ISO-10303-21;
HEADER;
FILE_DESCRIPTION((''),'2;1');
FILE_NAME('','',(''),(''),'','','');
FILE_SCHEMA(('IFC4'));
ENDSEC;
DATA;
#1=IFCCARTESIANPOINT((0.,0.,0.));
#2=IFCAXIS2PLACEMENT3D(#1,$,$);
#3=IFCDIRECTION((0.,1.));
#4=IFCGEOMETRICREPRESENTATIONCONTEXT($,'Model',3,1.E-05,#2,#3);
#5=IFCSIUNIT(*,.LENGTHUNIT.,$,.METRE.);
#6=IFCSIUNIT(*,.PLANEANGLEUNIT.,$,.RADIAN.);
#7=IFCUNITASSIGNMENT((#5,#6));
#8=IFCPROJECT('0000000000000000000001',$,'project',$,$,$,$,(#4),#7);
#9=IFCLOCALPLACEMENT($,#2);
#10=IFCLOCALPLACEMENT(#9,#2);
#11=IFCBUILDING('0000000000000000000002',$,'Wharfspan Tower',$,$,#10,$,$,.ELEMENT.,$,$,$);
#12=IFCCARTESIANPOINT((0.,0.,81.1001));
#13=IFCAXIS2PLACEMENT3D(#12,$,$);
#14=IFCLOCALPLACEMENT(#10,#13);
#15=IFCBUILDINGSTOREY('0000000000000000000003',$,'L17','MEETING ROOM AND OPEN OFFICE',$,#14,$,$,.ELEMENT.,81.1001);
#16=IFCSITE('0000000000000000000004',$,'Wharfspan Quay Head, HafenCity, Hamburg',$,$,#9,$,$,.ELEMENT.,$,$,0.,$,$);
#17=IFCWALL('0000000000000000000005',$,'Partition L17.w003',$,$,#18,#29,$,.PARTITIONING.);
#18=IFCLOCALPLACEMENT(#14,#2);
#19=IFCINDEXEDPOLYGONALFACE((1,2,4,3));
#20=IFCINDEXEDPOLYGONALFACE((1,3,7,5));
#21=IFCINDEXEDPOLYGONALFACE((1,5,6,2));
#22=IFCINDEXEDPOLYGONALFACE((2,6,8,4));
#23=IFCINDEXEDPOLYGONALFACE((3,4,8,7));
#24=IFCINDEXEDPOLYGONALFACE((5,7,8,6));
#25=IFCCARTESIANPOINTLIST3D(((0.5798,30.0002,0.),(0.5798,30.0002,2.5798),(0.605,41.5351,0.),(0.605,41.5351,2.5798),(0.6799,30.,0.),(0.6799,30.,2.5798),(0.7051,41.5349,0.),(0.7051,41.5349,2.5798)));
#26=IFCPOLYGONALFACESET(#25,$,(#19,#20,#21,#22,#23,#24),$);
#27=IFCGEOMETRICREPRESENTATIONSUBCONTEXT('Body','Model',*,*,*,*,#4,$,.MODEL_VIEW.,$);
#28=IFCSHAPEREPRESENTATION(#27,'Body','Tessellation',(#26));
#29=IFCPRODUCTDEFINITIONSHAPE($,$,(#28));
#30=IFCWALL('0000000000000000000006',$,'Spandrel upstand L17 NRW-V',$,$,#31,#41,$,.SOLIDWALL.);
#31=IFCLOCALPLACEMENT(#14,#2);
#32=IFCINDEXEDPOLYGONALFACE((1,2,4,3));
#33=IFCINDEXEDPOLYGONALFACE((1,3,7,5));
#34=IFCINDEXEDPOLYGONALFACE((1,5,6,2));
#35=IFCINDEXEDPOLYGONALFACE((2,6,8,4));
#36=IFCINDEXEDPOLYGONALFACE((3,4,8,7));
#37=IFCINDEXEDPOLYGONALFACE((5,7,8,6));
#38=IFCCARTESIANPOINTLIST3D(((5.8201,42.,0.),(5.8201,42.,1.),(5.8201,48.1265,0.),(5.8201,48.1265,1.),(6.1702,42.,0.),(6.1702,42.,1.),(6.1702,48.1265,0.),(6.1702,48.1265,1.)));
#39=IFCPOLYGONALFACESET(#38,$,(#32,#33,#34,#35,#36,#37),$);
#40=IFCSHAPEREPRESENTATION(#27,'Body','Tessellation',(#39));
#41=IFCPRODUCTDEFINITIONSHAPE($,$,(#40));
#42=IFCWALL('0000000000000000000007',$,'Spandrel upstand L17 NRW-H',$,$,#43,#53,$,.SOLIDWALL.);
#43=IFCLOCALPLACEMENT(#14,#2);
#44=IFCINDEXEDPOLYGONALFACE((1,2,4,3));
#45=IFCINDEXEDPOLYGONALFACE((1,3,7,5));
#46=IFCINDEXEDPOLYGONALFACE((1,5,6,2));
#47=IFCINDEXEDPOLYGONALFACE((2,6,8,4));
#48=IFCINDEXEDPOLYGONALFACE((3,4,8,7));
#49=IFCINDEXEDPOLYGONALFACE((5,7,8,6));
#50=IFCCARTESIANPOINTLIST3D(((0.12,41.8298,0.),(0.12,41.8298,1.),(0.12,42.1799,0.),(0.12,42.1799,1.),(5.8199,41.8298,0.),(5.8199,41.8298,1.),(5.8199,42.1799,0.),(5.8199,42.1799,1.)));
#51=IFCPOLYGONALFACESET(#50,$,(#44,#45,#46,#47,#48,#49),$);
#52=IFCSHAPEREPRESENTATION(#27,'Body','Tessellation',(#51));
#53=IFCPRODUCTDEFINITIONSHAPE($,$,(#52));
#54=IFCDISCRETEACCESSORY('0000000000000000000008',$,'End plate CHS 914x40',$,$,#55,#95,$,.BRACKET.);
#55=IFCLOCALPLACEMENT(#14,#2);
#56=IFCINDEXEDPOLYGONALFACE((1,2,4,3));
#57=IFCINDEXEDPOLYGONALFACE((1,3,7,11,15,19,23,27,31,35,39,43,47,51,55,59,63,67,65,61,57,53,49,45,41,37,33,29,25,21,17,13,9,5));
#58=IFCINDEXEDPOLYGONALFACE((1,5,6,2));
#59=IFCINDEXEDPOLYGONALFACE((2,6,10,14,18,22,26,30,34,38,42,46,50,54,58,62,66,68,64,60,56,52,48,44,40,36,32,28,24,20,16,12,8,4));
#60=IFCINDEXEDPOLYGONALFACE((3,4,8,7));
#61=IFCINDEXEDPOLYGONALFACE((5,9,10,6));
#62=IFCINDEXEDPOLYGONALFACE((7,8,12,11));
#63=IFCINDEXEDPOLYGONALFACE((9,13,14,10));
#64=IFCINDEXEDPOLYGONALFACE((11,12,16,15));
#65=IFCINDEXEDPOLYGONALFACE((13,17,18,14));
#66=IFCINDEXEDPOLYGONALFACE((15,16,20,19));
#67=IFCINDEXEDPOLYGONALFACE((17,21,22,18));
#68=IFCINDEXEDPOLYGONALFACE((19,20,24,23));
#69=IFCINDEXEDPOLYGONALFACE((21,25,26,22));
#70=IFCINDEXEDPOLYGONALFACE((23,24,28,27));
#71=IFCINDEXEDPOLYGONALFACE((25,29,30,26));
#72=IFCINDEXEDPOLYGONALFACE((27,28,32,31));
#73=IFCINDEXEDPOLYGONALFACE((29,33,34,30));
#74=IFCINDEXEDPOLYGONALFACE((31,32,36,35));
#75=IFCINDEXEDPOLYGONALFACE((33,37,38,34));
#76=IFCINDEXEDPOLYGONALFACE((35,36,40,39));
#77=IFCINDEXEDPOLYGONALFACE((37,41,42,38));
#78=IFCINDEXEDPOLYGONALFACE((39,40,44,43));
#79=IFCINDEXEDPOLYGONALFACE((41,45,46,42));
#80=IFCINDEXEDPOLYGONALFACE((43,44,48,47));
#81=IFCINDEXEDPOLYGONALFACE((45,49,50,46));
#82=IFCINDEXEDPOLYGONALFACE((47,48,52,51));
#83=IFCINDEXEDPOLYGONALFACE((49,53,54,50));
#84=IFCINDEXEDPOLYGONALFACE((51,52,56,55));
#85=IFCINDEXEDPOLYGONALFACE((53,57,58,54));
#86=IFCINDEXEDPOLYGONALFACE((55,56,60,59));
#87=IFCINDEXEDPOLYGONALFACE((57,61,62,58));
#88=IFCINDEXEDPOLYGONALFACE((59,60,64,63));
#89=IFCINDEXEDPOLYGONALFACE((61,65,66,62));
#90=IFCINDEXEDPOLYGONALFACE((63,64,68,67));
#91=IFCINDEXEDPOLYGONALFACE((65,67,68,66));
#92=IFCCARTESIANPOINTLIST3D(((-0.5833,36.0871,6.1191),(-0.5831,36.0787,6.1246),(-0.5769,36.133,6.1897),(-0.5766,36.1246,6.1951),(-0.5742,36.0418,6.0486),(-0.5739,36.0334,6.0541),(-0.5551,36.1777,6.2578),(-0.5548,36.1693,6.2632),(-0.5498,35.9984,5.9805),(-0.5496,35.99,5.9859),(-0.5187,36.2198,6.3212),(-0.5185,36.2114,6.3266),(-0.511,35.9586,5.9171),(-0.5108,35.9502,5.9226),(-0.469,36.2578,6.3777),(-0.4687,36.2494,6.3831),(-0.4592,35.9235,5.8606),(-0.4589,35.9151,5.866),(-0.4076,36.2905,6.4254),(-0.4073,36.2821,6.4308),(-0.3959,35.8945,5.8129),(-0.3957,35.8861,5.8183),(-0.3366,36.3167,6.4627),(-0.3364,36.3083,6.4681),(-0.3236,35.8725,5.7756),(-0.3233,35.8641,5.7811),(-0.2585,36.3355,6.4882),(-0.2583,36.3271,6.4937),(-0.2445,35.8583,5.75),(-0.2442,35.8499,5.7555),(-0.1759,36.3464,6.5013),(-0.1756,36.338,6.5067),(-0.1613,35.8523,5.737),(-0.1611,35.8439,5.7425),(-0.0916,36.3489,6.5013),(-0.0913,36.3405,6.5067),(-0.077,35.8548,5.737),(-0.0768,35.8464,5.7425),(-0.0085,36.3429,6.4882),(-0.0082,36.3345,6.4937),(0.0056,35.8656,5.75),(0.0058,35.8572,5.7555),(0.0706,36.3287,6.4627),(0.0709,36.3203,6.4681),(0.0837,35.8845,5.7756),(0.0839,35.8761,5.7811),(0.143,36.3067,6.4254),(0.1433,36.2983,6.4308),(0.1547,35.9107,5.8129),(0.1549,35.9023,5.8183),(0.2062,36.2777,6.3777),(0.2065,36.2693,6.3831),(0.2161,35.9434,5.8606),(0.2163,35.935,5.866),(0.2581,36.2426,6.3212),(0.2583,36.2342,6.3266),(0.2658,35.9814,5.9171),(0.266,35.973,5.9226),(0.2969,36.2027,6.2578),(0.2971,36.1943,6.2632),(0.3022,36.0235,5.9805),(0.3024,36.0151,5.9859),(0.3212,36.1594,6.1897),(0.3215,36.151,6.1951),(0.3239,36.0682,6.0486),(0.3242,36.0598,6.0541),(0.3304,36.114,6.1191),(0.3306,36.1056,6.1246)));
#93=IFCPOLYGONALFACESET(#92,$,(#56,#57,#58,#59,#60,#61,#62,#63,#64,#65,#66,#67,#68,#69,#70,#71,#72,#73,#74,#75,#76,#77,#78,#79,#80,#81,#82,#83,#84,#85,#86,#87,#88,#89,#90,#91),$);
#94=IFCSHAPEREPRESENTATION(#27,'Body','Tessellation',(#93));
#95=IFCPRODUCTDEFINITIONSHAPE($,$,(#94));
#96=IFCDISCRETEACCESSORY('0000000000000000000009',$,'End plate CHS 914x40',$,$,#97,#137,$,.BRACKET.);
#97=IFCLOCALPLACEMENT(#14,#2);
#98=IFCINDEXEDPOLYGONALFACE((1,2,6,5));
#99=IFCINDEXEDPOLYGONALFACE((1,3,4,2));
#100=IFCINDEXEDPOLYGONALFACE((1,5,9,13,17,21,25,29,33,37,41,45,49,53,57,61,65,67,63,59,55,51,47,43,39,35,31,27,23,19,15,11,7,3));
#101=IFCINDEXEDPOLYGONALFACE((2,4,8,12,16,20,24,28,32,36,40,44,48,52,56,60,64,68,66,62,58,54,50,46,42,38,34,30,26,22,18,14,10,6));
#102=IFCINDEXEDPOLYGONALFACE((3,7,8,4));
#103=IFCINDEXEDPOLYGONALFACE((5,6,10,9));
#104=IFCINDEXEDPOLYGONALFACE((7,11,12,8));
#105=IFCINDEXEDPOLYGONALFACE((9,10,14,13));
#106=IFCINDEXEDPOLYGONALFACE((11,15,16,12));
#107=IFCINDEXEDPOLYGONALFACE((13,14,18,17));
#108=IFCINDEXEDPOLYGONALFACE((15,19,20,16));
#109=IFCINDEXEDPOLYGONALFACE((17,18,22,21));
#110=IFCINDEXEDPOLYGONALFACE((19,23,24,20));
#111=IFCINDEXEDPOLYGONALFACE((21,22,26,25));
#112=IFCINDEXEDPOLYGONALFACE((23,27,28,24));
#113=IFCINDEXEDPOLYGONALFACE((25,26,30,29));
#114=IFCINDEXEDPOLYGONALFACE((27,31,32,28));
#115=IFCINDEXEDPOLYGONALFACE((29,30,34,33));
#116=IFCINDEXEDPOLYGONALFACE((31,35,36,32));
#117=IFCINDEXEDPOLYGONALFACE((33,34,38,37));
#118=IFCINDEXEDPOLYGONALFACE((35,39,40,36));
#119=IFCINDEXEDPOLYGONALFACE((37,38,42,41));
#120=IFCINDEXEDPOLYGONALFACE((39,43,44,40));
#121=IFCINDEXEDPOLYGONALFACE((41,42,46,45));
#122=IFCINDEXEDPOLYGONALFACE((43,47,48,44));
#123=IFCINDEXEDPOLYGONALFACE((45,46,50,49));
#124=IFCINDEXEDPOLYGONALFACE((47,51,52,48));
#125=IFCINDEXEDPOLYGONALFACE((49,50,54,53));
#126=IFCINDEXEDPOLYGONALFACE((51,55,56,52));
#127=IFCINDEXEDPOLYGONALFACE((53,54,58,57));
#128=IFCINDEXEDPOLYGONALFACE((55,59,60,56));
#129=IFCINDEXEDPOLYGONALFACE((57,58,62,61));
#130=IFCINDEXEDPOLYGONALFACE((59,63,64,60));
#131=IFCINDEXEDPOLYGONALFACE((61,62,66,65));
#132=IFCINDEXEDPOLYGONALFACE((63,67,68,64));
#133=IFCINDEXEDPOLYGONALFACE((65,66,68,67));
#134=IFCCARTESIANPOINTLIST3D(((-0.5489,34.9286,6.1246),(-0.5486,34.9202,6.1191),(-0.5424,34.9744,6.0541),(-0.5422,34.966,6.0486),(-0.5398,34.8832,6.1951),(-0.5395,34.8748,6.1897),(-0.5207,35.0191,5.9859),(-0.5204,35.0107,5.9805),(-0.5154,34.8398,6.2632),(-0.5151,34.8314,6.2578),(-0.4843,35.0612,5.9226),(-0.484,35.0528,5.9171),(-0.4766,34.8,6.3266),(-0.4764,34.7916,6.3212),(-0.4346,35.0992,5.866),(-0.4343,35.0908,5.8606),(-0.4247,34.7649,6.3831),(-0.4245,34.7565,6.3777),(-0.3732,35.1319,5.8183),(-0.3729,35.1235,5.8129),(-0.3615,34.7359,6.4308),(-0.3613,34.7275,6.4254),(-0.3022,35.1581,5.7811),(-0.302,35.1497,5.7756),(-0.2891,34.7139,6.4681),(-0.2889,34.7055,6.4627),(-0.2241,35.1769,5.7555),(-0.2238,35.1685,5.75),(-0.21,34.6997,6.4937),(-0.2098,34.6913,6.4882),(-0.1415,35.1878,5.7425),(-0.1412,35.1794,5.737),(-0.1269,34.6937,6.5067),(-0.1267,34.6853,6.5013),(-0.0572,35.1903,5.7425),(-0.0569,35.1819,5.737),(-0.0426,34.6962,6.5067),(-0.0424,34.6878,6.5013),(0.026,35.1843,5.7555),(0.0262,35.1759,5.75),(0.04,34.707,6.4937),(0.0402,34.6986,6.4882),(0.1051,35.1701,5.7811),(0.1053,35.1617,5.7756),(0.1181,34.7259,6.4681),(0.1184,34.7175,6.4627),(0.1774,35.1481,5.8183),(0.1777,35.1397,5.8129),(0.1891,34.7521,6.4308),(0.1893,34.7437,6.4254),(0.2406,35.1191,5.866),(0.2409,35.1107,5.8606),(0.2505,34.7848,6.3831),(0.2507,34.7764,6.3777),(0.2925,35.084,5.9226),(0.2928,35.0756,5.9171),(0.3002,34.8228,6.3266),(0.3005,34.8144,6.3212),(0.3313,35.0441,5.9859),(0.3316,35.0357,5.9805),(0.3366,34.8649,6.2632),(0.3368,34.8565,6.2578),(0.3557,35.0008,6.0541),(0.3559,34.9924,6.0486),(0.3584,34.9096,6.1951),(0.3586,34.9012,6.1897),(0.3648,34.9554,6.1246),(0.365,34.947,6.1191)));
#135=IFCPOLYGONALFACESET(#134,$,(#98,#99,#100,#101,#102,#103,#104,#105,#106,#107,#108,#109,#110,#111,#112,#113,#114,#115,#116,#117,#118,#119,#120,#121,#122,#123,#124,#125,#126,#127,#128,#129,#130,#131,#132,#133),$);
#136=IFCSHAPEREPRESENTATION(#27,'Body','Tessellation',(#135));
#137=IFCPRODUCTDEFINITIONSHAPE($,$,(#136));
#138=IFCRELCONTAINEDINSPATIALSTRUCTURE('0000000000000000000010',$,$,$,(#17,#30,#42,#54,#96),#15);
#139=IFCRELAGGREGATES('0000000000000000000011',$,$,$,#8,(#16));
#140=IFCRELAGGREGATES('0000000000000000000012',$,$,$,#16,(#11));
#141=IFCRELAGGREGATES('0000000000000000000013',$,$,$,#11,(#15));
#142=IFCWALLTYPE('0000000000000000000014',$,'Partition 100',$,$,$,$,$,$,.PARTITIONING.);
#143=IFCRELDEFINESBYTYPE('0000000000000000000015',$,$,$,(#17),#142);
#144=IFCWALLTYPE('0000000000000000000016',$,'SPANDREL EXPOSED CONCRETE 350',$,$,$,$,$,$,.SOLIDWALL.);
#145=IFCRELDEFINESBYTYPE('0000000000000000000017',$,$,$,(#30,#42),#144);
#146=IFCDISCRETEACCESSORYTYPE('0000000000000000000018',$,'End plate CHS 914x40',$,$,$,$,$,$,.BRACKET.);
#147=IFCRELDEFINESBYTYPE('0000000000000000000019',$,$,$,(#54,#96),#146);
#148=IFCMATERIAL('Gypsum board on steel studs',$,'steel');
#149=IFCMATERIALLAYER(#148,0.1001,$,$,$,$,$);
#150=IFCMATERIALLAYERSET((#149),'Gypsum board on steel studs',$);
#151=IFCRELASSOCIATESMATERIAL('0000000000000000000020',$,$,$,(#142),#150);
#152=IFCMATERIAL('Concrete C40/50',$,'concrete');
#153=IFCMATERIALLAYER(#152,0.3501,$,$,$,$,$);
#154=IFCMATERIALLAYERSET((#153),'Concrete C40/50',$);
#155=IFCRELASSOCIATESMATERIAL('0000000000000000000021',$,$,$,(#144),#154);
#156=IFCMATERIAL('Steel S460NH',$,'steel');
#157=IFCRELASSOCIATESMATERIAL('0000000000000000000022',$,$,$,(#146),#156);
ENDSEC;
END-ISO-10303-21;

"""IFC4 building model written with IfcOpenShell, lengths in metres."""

from ifc_helpers import new_model, si_unit, direction, frame, frame_2d, origin, origin_2d, place, context, subcontext, project, spatial, rectangle, circle, extrude, material, layer, layer_set, material_profile, profile_set, type_object, element, save


model = new_model("IFC4")

# Units and contexts
model_context = context("Model", 3, precision=1e-05, world=origin(), true_north=direction((0.0, 1.0)))
body_context = subcontext(model_context, "Body", "Model", "MODEL_VIEW")
ifc_project = project(units=[si_unit("LENGTHUNIT", "METRE"), si_unit("PLANEANGLEUNIT", "RADIAN")], contexts=[model_context])

# Site, building, storey
site_placement = place(None, origin())
site = spatial("IfcSite", under=ifc_project, at=site_placement, Name="Wharfspan Quay Head, HafenCity, Hamburg", CompositionType="ELEMENT", RefElevation=0.0)
building_placement = place(site_placement, origin())
building = spatial("IfcBuilding", under=site, at=building_placement, Name="Wharfspan Tower", CompositionType="ELEMENT")
storey_placement = place(building_placement, frame((0.0, 0.0, 81.1001)))
storey = spatial("IfcBuildingStorey", under=building, at=storey_placement, Name="L17", Description="MEETING ROOM AND OPEN OFFICE", CompositionType="ELEMENT", Elevation=81.1001)

# Shared definitions
ifc_material_1 = material(Name="Steel S460NH", Category="steel")

# Walls
ifc_material_2 = material(Name="Gypsum board on steel studs", Category="steel")
ifc_layer_1 = layer(ifc_material_2, 0.1001)
ifc_layer_set_1 = layer_set([ifc_layer_1], Name="Gypsum board on steel studs")
wall_type_1 = type_object("IfcWallType", Name="Partition 100", PredefinedType="PARTITIONING", material=ifc_layer_set_1)
wall_1_placement = place(storey_placement, frame((0.6299, 30.0, 0.0), z_axis=(0.0, 0.0, 1.0), x_axis=(0.00218, 0.999994, 0.0)))
element("IfcWall", 1, at=wall_1_placement, inside=storey, type_object=wall_type_1, Name="Partition L17.w003", PredefinedType="PARTITIONING", context=body_context, shape_type="SweptSolid", body=[
    extrude(rectangle(XDim=11.5349, YDim=0.1001, at=frame_2d((5.7676, 0.0))), origin(), (0.0, 0.0, 1.0), 2.5798),
])
ifc_material_3 = material(Name="Concrete C40/50", Category="concrete")
ifc_layer_2 = layer(ifc_material_3, 0.3501)
ifc_layer_set_2 = layer_set([ifc_layer_2], Name="Concrete C40/50")
wall_type_2 = type_object("IfcWallType", Name="SPANDREL EXPOSED CONCRETE 350", PredefinedType="SOLIDWALL", material=ifc_layer_set_2)
wall_2_placement = place(storey_placement, frame((5.9951, 48.1265, 0.0), z_axis=(0.0, 0.0, 1.0), x_axis=(0.0, -1.0, 0.0)))
element("IfcWall", 2, at=wall_2_placement, inside=storey, type_object=wall_type_2, Name="Spandrel upstand L17 NRW-V", PredefinedType="SOLIDWALL", context=body_context, shape_type="SweptSolid", body=[
    extrude(rectangle(XDim=6.1265, YDim=0.3501, at=frame_2d((3.0632, 0.0))), origin(), (0.0, 0.0, 1.0), 1.0),
])
wall_3_placement = place(storey_placement, frame((5.8201, 42.0049, 0.0), z_axis=(0.0, 0.0, 1.0), x_axis=(-1.0, 0.0, 0.0)))
element("IfcWall", 3, at=wall_3_placement, inside=storey, type_object=wall_type_2, Name="Spandrel upstand L17 NRW-H", PredefinedType="SOLIDWALL", context=body_context, shape_type="SweptSolid", body=[
    extrude(rectangle(XDim=5.7, YDim=0.3501, at=frame_2d((2.8501, 0.0))), origin(), (0.0, 0.0, 1.0), 1.0),
])

# Discrete accessories
ifc_material_profile_1 = material_profile(ifc_material_1, circle(Radius=0.457, at=origin_2d()))
ifc_profile_set_1 = profile_set([ifc_material_profile_1], Name="Steel S460NH")
discrete_accessory_type = type_object("IfcDiscreteAccessoryType", Name="End plate CHS 914x40", PredefinedType="BRACKET", material=ifc_profile_set_1)
for number, where, z_axis, x_axis, name in (
    (4, (-0.1265, 36.1006, 6.1191), (0.024686, -0.839314, 0.543086), (0.999566, 0.0294, 0.000001), "End plate CHS 914x40"),
    (5, (-0.0918, 34.9336, 6.1191), (-0.024686, 0.839314, 0.543086), (-0.999566, -0.0294, 0.000001), "End plate CHS 914x40"),
):
    element("IfcDiscreteAccessory", number, at=place(storey_placement, frame(where, z_axis=z_axis, x_axis=x_axis)), inside=storey, type_object=discrete_accessory_type, Name=name, PredefinedType="BRACKET", context=body_context, shape_type="SweptSolid", body=[
        extrude(circle(Radius=0.457, at=origin_2d()), origin(), (0.0, 0.0, 1.0), 0.01),
    ])

save(model, "model.ifc")
